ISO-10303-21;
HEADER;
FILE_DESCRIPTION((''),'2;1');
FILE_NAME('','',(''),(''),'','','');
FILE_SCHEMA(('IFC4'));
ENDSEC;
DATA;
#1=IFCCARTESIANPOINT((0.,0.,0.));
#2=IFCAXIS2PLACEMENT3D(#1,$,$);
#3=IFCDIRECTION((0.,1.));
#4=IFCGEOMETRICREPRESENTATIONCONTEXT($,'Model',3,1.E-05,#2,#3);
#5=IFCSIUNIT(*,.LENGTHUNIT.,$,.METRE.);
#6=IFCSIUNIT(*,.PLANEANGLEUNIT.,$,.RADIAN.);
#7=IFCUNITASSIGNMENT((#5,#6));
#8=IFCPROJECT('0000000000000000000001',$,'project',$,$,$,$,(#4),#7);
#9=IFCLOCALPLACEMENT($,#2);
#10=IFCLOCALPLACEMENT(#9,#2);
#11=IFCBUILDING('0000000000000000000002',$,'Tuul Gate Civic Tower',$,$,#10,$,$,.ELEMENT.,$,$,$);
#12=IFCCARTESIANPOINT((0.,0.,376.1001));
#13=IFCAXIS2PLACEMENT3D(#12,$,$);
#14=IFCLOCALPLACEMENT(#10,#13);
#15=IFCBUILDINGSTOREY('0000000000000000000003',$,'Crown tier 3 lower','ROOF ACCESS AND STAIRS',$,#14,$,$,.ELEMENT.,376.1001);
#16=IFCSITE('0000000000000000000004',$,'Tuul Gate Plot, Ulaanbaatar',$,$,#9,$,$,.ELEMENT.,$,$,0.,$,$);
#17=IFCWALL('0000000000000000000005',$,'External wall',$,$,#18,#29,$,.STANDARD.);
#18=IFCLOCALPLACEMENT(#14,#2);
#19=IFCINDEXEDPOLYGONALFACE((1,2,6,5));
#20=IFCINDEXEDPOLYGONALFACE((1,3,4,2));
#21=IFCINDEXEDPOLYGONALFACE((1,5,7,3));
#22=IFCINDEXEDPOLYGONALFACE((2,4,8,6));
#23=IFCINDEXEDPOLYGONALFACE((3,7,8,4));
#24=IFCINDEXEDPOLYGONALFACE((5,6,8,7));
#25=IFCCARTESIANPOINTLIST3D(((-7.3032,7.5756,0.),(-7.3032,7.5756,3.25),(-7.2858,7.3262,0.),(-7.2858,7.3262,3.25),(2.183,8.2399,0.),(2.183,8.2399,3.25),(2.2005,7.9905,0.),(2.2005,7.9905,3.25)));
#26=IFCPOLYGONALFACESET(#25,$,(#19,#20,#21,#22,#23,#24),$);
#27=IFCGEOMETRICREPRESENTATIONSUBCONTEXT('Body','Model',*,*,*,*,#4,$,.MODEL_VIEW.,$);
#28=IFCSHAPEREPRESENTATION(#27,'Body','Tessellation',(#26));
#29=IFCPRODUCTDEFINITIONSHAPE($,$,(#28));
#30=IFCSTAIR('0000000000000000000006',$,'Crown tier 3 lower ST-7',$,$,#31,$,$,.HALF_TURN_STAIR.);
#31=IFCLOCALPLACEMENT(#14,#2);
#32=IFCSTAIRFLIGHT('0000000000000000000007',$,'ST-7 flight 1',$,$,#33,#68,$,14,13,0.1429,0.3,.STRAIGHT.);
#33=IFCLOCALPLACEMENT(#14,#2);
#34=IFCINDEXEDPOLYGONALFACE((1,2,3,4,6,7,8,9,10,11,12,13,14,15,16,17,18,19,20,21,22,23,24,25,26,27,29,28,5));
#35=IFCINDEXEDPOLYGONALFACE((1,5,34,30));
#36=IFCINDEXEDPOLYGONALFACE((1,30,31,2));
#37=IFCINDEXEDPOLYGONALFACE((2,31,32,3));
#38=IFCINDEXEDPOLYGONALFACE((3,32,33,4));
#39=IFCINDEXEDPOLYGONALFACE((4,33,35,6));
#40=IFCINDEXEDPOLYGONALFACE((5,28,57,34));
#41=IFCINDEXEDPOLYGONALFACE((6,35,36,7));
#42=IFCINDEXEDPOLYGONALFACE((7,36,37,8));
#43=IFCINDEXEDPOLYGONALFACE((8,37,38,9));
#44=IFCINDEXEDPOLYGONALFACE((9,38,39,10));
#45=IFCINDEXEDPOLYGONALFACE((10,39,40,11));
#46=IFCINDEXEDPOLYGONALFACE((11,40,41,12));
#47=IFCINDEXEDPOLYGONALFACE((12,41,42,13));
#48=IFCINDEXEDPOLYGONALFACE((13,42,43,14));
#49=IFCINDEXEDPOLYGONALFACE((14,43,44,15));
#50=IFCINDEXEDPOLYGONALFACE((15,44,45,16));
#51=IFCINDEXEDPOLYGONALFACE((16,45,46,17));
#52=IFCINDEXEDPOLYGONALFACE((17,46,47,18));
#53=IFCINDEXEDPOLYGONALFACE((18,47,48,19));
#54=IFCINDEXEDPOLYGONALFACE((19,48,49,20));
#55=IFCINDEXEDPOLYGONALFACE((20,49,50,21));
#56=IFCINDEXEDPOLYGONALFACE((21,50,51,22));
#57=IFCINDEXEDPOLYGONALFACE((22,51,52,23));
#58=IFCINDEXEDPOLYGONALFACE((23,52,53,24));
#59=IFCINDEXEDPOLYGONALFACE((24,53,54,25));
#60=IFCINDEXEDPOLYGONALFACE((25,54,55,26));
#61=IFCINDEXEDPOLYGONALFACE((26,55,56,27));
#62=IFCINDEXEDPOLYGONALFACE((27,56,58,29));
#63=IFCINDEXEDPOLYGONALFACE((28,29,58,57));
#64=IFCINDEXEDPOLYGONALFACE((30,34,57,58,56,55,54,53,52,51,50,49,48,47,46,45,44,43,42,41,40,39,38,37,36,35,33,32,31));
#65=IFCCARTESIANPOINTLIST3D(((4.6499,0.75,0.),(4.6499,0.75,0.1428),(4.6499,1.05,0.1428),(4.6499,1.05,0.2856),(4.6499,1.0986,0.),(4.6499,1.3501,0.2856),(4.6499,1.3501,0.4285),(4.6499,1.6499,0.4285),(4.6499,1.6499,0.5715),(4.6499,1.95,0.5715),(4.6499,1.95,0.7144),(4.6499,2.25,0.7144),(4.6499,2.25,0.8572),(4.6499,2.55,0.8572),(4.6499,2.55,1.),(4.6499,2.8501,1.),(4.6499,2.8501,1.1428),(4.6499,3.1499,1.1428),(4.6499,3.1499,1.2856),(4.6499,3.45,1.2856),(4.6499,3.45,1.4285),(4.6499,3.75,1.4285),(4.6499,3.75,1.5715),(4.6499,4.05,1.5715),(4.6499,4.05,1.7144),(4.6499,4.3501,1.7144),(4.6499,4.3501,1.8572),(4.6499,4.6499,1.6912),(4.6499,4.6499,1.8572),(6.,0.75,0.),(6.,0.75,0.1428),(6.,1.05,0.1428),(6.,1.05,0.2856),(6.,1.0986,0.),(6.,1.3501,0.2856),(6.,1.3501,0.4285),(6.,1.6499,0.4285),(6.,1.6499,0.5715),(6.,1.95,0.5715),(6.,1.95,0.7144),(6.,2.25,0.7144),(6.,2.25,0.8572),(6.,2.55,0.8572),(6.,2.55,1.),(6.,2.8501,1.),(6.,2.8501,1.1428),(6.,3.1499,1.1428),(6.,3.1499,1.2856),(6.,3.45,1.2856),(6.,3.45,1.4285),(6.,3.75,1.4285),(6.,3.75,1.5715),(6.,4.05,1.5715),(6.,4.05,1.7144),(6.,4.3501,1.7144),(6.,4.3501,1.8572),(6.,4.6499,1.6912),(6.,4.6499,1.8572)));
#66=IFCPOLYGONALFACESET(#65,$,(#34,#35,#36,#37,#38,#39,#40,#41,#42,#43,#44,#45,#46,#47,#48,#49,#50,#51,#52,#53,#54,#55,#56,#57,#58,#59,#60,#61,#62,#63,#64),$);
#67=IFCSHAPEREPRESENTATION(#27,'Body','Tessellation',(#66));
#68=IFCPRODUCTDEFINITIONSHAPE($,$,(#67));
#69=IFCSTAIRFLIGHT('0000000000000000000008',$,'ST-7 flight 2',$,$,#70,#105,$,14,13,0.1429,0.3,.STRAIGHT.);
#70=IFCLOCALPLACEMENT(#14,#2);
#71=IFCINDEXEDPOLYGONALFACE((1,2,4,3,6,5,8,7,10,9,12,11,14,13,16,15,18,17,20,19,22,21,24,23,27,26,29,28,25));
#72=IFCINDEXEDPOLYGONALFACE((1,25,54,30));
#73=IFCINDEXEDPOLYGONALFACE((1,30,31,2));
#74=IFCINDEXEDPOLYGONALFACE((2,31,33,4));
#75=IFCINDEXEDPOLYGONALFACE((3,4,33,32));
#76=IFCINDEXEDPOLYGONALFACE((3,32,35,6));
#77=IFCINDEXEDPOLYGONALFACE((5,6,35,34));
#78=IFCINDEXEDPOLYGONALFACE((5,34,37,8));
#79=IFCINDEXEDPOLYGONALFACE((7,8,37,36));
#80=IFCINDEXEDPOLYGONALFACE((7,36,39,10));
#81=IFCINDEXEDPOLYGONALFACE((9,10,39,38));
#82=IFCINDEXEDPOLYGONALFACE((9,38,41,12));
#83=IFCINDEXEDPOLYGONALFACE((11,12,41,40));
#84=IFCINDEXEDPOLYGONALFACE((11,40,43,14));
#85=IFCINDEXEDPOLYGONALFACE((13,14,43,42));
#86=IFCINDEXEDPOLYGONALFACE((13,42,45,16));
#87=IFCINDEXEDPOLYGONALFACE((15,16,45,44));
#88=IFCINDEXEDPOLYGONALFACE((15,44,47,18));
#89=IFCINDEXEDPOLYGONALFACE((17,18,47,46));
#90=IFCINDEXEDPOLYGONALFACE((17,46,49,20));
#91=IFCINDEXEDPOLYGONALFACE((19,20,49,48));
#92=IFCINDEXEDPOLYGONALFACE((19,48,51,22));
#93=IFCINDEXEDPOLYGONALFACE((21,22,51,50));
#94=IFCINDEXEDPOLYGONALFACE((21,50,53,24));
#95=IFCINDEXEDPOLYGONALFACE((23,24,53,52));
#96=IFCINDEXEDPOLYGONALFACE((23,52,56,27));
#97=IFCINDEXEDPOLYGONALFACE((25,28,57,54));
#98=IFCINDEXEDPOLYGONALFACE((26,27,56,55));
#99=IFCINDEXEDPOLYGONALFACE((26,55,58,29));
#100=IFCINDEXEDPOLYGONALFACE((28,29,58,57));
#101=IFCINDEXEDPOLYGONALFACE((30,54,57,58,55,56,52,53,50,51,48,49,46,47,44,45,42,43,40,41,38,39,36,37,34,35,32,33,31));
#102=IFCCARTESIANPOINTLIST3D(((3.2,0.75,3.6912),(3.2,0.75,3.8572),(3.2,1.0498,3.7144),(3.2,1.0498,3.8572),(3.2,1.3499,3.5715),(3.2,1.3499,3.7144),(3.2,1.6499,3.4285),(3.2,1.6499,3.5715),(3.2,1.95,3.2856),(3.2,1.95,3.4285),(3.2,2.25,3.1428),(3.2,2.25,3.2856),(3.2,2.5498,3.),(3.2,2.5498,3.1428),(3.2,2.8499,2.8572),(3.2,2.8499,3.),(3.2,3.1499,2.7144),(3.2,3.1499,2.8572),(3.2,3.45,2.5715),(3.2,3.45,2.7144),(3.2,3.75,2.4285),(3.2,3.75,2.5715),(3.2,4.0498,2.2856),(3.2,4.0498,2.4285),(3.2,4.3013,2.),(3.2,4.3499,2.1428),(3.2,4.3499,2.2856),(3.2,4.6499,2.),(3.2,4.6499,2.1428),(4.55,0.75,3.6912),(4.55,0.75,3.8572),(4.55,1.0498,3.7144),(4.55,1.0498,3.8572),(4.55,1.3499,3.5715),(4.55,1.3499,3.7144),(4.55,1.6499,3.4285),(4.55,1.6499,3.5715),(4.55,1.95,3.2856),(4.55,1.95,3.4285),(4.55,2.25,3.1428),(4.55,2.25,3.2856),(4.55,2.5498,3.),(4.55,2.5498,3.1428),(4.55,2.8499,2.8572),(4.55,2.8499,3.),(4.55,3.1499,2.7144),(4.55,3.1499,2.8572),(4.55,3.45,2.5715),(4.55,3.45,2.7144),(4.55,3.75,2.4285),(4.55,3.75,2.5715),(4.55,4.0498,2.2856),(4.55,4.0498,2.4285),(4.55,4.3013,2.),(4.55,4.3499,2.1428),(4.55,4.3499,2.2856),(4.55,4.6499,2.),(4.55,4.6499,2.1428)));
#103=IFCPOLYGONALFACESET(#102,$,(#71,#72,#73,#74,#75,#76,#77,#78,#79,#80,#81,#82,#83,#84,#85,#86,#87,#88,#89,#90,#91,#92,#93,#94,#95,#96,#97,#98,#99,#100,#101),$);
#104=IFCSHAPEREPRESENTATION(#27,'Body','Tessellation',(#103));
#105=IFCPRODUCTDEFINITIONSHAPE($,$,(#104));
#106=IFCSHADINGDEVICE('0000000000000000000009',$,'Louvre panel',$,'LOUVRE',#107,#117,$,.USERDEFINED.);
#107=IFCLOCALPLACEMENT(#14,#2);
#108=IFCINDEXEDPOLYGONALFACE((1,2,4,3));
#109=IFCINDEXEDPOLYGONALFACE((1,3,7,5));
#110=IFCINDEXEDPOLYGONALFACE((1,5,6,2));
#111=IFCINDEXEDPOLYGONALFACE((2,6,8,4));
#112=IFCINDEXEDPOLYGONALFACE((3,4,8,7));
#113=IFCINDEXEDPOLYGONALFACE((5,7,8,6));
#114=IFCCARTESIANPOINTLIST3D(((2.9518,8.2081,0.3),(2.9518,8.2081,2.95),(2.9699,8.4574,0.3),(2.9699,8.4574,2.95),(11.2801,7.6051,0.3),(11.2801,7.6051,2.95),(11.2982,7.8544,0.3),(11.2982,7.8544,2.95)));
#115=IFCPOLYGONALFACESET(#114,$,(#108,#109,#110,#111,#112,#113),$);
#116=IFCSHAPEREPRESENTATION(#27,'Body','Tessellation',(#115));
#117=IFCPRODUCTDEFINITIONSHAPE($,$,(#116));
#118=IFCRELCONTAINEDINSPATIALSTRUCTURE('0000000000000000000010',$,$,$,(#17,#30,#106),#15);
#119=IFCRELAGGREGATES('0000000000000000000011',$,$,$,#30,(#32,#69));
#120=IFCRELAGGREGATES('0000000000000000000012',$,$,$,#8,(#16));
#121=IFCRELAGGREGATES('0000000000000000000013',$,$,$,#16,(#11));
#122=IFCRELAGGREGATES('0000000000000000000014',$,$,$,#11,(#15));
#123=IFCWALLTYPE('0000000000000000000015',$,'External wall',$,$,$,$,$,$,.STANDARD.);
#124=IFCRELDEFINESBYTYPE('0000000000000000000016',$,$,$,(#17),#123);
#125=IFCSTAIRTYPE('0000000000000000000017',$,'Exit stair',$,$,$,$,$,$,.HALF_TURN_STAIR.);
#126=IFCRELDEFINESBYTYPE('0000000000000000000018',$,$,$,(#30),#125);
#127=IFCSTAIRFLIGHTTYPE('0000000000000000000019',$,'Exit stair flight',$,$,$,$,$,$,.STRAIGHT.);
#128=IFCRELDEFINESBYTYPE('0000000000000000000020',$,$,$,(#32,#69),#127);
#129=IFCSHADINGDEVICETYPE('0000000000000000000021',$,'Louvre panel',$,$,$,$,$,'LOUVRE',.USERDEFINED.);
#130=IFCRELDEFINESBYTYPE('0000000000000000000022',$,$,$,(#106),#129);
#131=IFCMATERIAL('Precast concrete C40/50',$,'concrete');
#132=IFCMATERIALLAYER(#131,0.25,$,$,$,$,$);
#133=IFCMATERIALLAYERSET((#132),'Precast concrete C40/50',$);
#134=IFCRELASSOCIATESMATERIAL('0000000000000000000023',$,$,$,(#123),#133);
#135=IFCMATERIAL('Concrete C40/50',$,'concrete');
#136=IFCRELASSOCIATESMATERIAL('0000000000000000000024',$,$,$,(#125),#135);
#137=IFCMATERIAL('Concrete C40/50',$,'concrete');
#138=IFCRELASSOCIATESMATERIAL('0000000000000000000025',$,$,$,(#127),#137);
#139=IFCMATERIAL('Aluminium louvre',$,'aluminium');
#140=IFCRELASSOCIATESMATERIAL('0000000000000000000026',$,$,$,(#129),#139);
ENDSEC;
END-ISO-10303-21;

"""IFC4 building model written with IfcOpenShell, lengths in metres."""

from ifc_helpers import new_model, si_unit, direction, frame, frame_2d, origin, origin_2d, place, context, subcontext, project, spatial, polyline, rectangle, outline, extrude, material, layer, layer_set, type_object, element, aggregate, save


model = new_model("IFC4")

# Units and contexts
model_context = context("Model", 3, precision=1e-05, world=origin(), true_north=direction((0.0, 1.0)))
body_context = subcontext(model_context, "Body", "Model", "MODEL_VIEW")
ifc_project = project(units=[si_unit("LENGTHUNIT", "METRE"), si_unit("PLANEANGLEUNIT", "RADIAN")], contexts=[model_context])

# Site, building, storey
site_placement = place(None, origin())
site = spatial("IfcSite", under=ifc_project, at=site_placement, Name="Tuul Gate Plot, Ulaanbaatar", CompositionType="ELEMENT", RefElevation=0.0)
building_placement = place(site_placement, origin())
building = spatial("IfcBuilding", under=site, at=building_placement, Name="Tuul Gate Civic Tower", CompositionType="ELEMENT")
storey_placement = place(building_placement, frame((0.0, 0.0, 376.1001)))
storey = spatial("IfcBuildingStorey", under=building, at=storey_placement, Name="Crown tier 3 lower", Description="ROOF ACCESS AND STAIRS", CompositionType="ELEMENT", Elevation=376.1001)

# Wall
ifc_material_1 = material(Name="Precast concrete C40/50", Category="concrete")
ifc_layer_1 = layer(ifc_material_1, 0.25)
ifc_layer_set_1 = layer_set([ifc_layer_1], Name="Precast concrete C40/50")
wall_type_1 = type_object("IfcWallType", Name="External wall", PredefinedType="STANDARD", material=ifc_layer_set_1)
wall_1_placement = place(storey_placement, frame((2.1919, 8.1152, 0.0), z_axis=(0.0, 0.0, 1.0), x_axis=(-0.997557, -0.069857, 0.0)))
element("IfcWall", 1, at=wall_1_placement, inside=storey, type_object=wall_type_1, Name="External wall", PredefinedType="STANDARD", context=body_context, shape_type="SweptSolid", body=[
    extrude(rectangle(XDim=9.5095, YDim=0.25, at=frame_2d((4.7549, 0.0))), origin(), (0.0, 0.0, 1.0), 3.25),
])

# Stair, stair flights
ifc_material_2 = material(Name="Concrete C40/50", Category="concrete")
stair_type = type_object("IfcStairType", Name="Exit stair", PredefinedType="HALF_TURN_STAIR", material=ifc_material_2)
stair_placement = place(storey_placement, origin())
stair = element("IfcStair", 2, at=stair_placement, inside=storey, type_object=stair_type, Name="Crown tier 3 lower ST-7", PredefinedType="HALF_TURN_STAIR")
ifc_material_3 = material(Name="Concrete C40/50", Category="concrete")
stair_flight_type = type_object("IfcStairFlightType", Name="Exit stair flight", PredefinedType="STRAIGHT", material=ifc_material_3)
stair_flight_1_placement = place(storey_placement, frame((5.325, 0.75, 0.0), z_axis=(0.0, 0.0, 1.0), x_axis=(0.0, 1.0, 0.0)))
stair_flight_1 = element("IfcStairFlight", 3, at=stair_flight_1_placement, type_object=stair_flight_type, Name="ST-7 flight 1", NumberOfRisers=14, NumberOfTreads=13, PredefinedType="STRAIGHT", RiserHeight=0.1429, TreadLength=0.3, context=body_context, shape_type="SweptSolid", body=[
    extrude(outline(polyline([(0.0, 0.0), (0.0, 0.1428), (0.3, 0.1428), (0.3, 0.2856), (0.6001, 0.2856), (0.6001, 0.4285), (0.8999, 0.4285), (0.8999, 0.5715), (1.2, 0.5715), (1.2, 0.7144), (1.5, 0.7144), (1.5, 0.8572), (1.8, 0.8572), (1.8, 1.0), (2.1001, 1.0), (2.1001, 1.1428), (2.3999, 1.1428), (2.3999, 1.2856), (2.7, 1.2856), (2.7, 1.4285), (3.0, 1.4285), (3.0, 1.5715), (3.3, 1.5715), (3.3, 1.7144), (3.6001, 1.7144), (3.6001, 1.8572), (3.8999, 1.8572), (3.8999, 2.0), (3.8999, 1.6912), (0.3486, 0.0), (0.0, 0.0)])), frame((0.0, 0.675, 0.0), z_axis=(0.0, -1.0, 0.0), x_axis=(1.0, 0.0, 0.0)), (0.0, 0.0, 1.0), 1.3501),
])
stair_flight_2_placement = place(storey_placement, frame((3.875, 4.6499, 2.0), z_axis=(0.0, 0.0, 1.0), x_axis=(0.0, -1.0, 0.0)))
stair_flight_2 = element("IfcStairFlight", 4, at=stair_flight_2_placement, type_object=stair_flight_type, Name="ST-7 flight 2", NumberOfRisers=14, NumberOfTreads=13, PredefinedType="STRAIGHT", RiserHeight=0.1429, TreadLength=0.3, context=body_context, shape_type="SweptSolid", body=[
    extrude(outline(polyline([(0.0, 0.0), (0.0, 0.1428), (0.3, 0.1428), (0.3, 0.2856), (0.6001, 0.2856), (0.6001, 0.4285), (0.8999, 0.4285), (0.8999, 0.5715), (1.2, 0.5715), (1.2, 0.7144), (1.5, 0.7144), (1.5, 0.8572), (1.8, 0.8572), (1.8, 1.0), (2.1001, 1.0), (2.1001, 1.1428), (2.3999, 1.1428), (2.3999, 1.2856), (2.7, 1.2856), (2.7, 1.4285), (3.0, 1.4285), (3.0, 1.5715), (3.3, 1.5715), (3.3, 1.7144), (3.6001, 1.7144), (3.6001, 1.8572), (3.8999, 1.8572), (3.8999, 2.0), (3.8999, 1.6912), (0.3486, 0.0), (0.0, 0.0)])), frame((0.0, 0.675, 0.0), z_axis=(0.0, -1.0, 0.0), x_axis=(1.0, 0.0, 0.0)), (0.0, 0.0, 1.0), 1.3501),
])
aggregate(stair, [stair_flight_1, stair_flight_2])

# Shading device
ifc_material_4 = material(Name="Aluminium louvre", Category="aluminium")
shading_device_type = type_object("IfcShadingDeviceType", Name="Louvre panel", ElementType="LOUVRE", PredefinedType="USERDEFINED", material=ifc_material_4)
shading_device_placement = place(storey_placement, frame((7.125, 8.0312, 0.3), z_axis=(0.0, 0.0, 1.0), x_axis=(0.072211, 0.997389, 0.0)))
element("IfcShadingDevice", 5, at=shading_device_placement, inside=storey, type_object=shading_device_type, Name="Louvre panel", ObjectType="LOUVRE", PredefinedType="USERDEFINED", context=body_context, shape_type="SweptSolid", body=[
    extrude(rectangle(XDim=0.25, YDim=8.3501, at=origin_2d()), origin(), (0.0, 0.0, 1.0), 2.6499),
])

save(model, "model.ifc")
